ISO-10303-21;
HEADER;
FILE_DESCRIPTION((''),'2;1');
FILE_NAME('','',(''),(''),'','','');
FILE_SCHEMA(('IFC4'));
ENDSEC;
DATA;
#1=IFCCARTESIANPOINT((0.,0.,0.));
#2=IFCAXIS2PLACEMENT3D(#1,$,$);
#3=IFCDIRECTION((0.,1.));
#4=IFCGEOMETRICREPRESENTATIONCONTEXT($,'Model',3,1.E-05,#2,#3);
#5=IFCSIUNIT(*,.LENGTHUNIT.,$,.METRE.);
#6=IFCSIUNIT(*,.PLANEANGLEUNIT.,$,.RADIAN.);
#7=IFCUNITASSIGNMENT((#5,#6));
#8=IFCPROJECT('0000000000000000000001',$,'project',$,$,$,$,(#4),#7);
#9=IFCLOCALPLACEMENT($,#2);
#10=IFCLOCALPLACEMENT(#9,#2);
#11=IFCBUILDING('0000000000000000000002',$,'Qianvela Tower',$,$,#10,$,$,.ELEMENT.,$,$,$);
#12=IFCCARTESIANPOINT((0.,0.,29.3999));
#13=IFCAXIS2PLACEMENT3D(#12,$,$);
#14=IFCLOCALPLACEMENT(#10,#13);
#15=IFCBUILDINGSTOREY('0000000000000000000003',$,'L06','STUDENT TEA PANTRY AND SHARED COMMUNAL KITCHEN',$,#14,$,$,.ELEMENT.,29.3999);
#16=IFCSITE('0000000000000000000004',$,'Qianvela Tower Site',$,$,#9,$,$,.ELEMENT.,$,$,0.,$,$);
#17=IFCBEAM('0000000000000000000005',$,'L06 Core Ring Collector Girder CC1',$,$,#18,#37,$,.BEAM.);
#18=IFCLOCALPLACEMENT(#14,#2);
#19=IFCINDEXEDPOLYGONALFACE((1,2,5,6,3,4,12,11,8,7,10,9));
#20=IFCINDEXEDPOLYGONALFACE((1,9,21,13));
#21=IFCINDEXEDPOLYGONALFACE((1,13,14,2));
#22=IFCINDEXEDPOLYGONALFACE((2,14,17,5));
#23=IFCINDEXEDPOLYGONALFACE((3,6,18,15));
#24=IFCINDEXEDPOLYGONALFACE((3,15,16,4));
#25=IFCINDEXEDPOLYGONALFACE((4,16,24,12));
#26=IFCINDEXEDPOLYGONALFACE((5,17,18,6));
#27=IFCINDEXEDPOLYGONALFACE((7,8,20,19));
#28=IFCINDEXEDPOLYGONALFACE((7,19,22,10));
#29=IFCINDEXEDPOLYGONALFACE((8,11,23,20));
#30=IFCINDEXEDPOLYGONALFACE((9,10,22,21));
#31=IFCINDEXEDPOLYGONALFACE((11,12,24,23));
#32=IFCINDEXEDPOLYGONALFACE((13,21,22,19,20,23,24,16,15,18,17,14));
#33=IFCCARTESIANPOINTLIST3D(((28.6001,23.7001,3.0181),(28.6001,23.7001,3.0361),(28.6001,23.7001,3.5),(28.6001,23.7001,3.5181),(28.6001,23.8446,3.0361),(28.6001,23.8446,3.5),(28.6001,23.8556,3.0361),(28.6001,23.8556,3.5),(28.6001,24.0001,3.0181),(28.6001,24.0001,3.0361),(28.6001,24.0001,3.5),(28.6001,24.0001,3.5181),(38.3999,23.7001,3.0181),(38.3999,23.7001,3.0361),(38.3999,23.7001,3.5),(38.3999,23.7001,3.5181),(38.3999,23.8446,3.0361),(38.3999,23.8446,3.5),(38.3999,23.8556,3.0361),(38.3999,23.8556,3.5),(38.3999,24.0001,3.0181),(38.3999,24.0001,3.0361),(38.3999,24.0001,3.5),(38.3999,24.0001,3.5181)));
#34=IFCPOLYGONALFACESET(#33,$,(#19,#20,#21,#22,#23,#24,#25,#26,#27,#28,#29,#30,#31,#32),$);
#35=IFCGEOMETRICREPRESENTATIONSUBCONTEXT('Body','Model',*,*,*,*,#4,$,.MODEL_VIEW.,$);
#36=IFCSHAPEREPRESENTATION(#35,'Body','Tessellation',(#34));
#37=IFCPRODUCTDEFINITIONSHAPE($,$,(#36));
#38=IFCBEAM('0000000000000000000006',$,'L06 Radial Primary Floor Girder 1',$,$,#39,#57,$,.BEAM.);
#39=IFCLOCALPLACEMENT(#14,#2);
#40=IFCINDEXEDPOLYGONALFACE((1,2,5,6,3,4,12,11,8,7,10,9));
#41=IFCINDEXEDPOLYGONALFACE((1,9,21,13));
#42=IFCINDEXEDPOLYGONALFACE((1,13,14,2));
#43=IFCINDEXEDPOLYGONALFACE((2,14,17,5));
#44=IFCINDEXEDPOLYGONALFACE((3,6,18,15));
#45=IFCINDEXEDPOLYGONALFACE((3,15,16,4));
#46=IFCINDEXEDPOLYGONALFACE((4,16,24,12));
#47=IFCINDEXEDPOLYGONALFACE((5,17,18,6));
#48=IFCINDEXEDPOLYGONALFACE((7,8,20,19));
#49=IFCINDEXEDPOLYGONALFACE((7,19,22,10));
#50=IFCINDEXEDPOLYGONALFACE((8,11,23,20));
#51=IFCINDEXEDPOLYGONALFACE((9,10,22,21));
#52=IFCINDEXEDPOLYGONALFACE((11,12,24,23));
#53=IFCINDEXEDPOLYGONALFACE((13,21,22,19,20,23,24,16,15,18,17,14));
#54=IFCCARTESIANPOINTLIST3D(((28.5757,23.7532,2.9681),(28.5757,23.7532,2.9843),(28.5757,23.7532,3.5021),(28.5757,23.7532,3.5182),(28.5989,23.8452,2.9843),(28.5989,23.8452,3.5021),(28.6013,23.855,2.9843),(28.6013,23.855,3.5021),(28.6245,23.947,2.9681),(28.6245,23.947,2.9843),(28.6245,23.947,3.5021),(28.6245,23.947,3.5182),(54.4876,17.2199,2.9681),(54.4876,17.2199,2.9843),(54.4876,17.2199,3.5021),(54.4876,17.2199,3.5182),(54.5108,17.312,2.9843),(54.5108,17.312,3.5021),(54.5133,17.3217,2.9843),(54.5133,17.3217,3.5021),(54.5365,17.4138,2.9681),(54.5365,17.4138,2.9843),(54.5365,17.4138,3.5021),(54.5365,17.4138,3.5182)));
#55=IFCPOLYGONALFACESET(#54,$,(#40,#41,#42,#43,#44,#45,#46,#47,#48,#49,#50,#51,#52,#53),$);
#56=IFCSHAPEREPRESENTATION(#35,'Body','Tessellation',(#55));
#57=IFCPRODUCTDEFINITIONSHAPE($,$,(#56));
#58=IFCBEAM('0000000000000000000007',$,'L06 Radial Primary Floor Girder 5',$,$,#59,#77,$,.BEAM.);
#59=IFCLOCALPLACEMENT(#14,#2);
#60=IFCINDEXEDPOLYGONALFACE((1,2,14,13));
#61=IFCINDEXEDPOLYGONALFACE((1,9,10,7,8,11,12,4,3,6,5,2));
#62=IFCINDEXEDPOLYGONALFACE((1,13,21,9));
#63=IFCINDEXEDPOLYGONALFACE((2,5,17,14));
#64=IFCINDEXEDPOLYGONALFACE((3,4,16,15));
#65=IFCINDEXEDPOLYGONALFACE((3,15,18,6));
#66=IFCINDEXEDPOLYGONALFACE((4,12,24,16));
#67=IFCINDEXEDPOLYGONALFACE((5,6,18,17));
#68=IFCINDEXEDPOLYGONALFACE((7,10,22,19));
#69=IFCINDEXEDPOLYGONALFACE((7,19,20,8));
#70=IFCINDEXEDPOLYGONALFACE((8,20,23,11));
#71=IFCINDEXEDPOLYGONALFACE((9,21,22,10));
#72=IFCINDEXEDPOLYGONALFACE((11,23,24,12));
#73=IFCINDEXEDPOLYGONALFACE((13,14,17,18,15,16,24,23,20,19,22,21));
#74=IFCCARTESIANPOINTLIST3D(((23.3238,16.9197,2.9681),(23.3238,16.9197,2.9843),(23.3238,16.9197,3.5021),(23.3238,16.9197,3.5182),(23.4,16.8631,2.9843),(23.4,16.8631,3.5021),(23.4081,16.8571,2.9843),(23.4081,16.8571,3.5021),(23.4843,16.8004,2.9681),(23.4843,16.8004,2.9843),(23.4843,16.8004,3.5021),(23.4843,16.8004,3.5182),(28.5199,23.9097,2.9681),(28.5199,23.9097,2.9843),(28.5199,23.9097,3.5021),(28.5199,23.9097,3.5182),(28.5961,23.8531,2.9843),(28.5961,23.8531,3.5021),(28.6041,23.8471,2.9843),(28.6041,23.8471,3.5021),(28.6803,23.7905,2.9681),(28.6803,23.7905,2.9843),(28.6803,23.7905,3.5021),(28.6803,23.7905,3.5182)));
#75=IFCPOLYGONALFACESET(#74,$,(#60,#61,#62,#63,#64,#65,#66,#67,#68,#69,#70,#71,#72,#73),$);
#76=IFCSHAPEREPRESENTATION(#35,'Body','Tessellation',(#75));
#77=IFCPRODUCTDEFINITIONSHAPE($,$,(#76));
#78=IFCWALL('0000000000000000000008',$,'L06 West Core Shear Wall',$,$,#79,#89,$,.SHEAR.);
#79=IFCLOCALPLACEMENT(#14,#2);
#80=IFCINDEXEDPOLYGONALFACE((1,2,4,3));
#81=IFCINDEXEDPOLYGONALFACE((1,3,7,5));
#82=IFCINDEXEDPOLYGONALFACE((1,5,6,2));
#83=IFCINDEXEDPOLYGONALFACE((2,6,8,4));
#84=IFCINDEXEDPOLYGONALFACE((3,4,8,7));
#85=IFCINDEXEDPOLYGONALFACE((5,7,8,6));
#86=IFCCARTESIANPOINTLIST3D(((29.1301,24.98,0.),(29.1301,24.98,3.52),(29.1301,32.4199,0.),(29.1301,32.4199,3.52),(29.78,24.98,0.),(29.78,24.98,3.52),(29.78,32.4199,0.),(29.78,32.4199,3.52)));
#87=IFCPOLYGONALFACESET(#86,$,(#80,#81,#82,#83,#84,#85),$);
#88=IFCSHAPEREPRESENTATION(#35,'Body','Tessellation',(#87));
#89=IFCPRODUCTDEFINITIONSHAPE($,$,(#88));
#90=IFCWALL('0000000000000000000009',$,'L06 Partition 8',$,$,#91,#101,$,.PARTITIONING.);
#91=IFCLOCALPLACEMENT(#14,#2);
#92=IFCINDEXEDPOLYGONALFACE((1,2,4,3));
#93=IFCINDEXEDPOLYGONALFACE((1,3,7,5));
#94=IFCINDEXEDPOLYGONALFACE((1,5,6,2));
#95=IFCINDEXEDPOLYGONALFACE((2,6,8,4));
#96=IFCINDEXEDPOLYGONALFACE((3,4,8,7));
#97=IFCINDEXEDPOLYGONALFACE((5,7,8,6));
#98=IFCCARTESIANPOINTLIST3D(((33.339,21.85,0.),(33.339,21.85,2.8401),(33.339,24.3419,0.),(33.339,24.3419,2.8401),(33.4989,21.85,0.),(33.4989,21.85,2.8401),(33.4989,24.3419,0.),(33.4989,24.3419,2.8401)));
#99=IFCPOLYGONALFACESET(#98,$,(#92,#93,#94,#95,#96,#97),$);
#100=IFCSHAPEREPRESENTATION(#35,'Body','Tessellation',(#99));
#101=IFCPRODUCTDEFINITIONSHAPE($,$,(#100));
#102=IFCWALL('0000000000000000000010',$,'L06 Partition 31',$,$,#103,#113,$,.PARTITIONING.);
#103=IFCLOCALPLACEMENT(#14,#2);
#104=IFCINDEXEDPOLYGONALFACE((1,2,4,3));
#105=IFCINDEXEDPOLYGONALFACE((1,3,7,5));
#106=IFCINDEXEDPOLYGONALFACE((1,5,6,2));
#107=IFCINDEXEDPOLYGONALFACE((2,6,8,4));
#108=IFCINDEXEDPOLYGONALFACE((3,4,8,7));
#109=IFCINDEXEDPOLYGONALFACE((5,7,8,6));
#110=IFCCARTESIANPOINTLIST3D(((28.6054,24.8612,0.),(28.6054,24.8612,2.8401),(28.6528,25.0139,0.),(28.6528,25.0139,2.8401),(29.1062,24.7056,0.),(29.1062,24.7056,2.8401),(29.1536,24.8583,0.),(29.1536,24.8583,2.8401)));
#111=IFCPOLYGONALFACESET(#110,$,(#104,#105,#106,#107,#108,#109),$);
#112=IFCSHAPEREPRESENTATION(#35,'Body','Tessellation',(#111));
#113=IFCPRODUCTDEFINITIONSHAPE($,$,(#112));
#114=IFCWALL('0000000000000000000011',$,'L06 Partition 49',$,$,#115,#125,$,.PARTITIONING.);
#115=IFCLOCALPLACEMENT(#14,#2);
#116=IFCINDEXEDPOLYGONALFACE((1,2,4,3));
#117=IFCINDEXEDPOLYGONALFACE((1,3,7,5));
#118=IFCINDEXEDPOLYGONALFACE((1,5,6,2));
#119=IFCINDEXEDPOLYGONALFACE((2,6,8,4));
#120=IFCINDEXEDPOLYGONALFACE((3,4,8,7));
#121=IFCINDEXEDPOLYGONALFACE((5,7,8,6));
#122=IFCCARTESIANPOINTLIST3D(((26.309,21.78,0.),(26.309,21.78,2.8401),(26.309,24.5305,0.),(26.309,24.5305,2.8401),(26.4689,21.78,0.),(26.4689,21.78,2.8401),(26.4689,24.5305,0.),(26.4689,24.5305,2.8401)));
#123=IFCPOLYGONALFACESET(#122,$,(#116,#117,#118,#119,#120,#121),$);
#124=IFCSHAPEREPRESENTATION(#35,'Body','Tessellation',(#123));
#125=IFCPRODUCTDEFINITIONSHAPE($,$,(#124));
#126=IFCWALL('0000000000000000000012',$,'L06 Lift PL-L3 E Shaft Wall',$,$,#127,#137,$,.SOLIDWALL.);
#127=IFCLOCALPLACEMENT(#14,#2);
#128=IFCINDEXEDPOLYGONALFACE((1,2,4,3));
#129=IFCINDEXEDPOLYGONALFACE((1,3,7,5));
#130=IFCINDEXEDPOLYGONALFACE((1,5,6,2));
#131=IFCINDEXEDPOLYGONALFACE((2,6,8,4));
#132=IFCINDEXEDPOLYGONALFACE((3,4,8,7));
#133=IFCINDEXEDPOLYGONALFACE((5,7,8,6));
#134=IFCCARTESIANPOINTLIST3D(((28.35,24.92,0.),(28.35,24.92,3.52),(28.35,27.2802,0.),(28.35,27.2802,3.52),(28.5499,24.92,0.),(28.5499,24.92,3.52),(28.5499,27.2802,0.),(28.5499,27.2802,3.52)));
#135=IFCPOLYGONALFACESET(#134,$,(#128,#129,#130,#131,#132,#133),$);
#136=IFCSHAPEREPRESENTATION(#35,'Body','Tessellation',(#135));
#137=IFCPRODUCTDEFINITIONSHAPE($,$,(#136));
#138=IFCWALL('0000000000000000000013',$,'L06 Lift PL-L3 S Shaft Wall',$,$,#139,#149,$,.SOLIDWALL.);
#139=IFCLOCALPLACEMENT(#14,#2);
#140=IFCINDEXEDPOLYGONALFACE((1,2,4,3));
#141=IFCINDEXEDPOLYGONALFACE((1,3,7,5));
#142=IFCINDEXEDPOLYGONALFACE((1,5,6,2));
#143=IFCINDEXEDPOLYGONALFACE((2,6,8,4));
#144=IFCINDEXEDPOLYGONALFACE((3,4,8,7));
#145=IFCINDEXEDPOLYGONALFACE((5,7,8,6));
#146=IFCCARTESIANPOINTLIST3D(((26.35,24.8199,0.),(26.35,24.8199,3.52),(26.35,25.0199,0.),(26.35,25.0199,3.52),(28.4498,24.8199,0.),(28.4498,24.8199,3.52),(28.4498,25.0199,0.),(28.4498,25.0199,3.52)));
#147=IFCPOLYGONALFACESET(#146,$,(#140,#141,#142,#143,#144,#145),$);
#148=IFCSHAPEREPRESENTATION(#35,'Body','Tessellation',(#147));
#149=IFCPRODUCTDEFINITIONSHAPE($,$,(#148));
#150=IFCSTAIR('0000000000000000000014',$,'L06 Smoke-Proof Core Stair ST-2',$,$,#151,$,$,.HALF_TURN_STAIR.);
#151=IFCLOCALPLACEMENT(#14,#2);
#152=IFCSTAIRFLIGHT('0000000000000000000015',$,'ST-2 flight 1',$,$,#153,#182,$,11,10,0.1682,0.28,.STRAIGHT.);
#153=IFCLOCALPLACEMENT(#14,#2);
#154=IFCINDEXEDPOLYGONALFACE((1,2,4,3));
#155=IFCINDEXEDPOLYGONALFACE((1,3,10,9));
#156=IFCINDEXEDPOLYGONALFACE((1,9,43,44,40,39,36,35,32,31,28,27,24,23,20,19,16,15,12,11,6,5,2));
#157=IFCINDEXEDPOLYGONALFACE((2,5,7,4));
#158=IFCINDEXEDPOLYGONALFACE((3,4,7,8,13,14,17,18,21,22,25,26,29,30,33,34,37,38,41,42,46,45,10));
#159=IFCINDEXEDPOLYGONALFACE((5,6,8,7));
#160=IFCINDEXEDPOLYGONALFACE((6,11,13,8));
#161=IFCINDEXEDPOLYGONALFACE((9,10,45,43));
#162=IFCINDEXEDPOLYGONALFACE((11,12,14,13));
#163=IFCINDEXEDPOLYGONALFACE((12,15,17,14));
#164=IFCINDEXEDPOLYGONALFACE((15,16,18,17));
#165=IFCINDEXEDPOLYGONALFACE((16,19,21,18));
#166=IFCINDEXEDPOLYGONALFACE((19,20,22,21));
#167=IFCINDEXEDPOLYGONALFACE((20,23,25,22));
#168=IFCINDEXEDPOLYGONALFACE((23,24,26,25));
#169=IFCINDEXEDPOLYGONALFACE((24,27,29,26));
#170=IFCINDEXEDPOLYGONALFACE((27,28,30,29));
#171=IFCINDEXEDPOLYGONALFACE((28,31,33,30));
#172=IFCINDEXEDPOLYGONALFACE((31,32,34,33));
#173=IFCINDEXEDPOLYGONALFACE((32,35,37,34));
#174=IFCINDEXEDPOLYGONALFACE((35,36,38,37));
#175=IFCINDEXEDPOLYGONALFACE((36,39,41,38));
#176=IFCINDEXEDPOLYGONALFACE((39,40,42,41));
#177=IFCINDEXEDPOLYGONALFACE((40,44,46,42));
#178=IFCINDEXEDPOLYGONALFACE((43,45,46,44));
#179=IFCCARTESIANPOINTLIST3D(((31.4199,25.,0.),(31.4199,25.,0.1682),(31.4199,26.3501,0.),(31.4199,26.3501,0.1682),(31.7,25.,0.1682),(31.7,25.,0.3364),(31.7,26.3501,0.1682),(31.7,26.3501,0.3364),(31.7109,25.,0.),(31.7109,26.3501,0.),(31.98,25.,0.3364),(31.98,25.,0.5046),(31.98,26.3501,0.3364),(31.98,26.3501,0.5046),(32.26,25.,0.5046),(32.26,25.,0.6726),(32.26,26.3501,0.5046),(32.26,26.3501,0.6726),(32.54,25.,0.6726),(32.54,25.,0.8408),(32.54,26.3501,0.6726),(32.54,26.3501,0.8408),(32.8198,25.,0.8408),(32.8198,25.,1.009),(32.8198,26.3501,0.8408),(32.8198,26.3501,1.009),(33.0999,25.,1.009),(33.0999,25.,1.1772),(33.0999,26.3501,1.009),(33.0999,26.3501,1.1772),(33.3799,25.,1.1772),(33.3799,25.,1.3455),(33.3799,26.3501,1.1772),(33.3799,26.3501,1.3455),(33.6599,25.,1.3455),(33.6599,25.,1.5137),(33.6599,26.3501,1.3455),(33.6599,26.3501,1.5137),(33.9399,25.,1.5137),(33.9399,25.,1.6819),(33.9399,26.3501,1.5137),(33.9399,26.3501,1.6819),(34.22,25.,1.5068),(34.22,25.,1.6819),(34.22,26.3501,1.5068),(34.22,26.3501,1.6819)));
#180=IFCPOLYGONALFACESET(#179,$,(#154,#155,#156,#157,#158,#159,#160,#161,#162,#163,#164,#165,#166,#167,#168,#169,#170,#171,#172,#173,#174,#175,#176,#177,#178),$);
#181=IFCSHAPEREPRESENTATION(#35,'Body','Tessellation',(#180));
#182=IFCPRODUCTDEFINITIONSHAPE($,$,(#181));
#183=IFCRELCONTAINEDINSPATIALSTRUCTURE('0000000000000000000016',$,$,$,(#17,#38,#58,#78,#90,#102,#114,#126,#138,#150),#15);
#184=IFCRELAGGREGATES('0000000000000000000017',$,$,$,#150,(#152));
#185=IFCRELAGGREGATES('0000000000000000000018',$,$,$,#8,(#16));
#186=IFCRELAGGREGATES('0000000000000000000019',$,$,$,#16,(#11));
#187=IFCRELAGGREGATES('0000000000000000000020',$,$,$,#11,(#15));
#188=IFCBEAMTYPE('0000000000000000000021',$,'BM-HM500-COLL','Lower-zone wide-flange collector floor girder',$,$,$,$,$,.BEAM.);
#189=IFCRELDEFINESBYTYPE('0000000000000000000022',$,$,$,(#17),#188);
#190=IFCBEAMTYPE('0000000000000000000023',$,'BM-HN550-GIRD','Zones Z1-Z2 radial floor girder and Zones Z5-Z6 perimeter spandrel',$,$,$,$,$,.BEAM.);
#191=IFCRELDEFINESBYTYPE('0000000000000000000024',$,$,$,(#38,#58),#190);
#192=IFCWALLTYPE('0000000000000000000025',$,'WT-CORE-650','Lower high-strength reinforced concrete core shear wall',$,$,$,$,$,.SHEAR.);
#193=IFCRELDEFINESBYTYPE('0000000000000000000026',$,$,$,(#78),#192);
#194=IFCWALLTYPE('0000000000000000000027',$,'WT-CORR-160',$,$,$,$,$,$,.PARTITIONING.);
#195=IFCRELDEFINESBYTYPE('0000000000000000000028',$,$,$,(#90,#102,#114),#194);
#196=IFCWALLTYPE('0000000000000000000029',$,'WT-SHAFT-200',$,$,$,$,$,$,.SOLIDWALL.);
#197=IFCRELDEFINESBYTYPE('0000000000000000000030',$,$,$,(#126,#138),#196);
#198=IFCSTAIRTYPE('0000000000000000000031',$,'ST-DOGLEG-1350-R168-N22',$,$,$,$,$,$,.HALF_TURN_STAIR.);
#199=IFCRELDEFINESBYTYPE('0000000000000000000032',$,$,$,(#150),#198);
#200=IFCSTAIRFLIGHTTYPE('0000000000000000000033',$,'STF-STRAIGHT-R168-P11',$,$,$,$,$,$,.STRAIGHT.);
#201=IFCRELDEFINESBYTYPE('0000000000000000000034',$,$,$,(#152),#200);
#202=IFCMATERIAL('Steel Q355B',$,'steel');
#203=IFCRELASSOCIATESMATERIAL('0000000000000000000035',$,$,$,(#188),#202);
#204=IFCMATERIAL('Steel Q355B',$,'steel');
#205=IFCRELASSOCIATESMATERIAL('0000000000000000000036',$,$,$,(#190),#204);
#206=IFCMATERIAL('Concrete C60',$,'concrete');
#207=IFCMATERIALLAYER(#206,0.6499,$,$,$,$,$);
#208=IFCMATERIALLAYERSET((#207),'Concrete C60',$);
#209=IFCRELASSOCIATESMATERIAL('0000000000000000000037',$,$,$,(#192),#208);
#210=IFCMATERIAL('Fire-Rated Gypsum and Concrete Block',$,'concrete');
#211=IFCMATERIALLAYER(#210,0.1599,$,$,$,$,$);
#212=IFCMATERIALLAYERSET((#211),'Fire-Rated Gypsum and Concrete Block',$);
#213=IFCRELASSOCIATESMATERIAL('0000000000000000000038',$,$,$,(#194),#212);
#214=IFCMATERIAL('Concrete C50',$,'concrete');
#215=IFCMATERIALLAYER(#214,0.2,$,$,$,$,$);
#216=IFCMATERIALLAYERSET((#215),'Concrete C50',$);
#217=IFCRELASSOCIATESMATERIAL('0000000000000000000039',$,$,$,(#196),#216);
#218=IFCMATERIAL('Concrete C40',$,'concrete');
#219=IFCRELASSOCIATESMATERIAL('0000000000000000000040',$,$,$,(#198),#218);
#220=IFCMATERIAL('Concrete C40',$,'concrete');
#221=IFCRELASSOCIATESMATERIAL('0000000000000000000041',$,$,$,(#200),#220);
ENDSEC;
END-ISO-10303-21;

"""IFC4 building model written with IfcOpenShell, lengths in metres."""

from ifc_helpers import new_model, si_unit, direction, frame, frame_2d, origin, origin_2d, place, context, subcontext, project, spatial, polyline, rectangle, i_section, outline, extrude, material, layer, layer_set, material_profile, profile_set, type_object, element, aggregate, save


model = new_model("IFC4")

# Units and contexts
model_context = context("Model", 3, precision=1e-05, world=origin(), true_north=direction((0.0, 1.0)))
body_context = subcontext(model_context, "Body", "Model", "MODEL_VIEW")
ifc_project = project(units=[si_unit("LENGTHUNIT", "METRE"), si_unit("PLANEANGLEUNIT", "RADIAN")], contexts=[model_context])

# Site, building, storey
site_placement = place(None, origin())
site = spatial("IfcSite", under=ifc_project, at=site_placement, Name="Qianvela Tower Site", CompositionType="ELEMENT", RefElevation=0.0)
building_placement = place(site_placement, origin())
building = spatial("IfcBuilding", under=site, at=building_placement, Name="Qianvela Tower", CompositionType="ELEMENT")
storey_placement = place(building_placement, frame((0.0, 0.0, 29.3999)))
storey = spatial("IfcBuildingStorey", under=building, at=storey_placement, Name="L06", Description="STUDENT TEA PANTRY AND SHARED COMMUNAL KITCHEN", CompositionType="ELEMENT", Elevation=29.3999)

# Beams
ifc_material_1 = material(Name="Steel Q355B", Category="steel")
ifc_material_profile_1 = material_profile(ifc_material_1, i_section(OverallWidth=0.3, OverallDepth=0.5, WebThickness=0.011, FlangeThickness=0.0181, at=origin_2d()), Name="HM500x300x11x18")
ifc_profile_set_1 = profile_set([ifc_material_profile_1], Name="Steel Q355B")
beam_type_1 = type_object("IfcBeamType", Name="BM-HM500-COLL", Description="Lower-zone wide-flange collector floor girder", PredefinedType="BEAM", material=ifc_profile_set_1)
beam_1_placement = place(storey_placement, frame((28.6001, 23.8501, 3.2681), z_axis=(1.0, 0.0, 0.0), x_axis=(0.0, 1.0, 0.0)))
element("IfcBeam", 1, at=beam_1_placement, inside=storey, type_object=beam_type_1, Name="L06 Core Ring Collector Girder CC1", PredefinedType="BEAM", context=body_context, shape_type="SweptSolid", body=[
    extrude(i_section(OverallWidth=0.3, OverallDepth=0.5, WebThickness=0.011, FlangeThickness=0.0181, at=origin_2d()), origin(), (0.0, 0.0, 1.0), 9.7998),
])
ifc_material_2 = material(Name="Steel Q355B", Category="steel")
ifc_material_profile_2 = material_profile(ifc_material_2, i_section(OverallWidth=0.2, OverallDepth=0.55, WebThickness=0.01, FlangeThickness=0.0161, at=origin_2d()), Name="HN550x200x10x16")
ifc_profile_set_2 = profile_set([ifc_material_profile_2], Name="Steel Q355B")
beam_type_2 = type_object("IfcBeamType", Name="BM-HN550-GIRD", Description="Zones Z1-Z2 radial floor girder and Zones Z5-Z6 perimeter spandrel", PredefinedType="BEAM", material=ifc_profile_set_2)
beam_2_placement = place(storey_placement, frame((28.6001, 23.8501, 3.2432), z_axis=(0.969654, -0.244481, 0.0), x_axis=(0.244481, 0.969654, 0.0)))
element("IfcBeam", 2, at=beam_2_placement, inside=storey, type_object=beam_type_2, Name="L06 Radial Primary Floor Girder 1", PredefinedType="BEAM", context=body_context, shape_type="SweptSolid", body=[
    extrude(i_section(OverallWidth=0.2, OverallDepth=0.55, WebThickness=0.01, FlangeThickness=0.0161, at=origin_2d()), origin(), (0.0, 0.0, 1.0), 26.7229),
])
beam_3_placement = place(storey_placement, frame((28.6001, 23.8501, 3.2432), z_axis=(-0.596581, -0.802553, 0.0), x_axis=(0.802553, -0.596581, 0.0)))
element("IfcBeam", 3, at=beam_3_placement, inside=storey, type_object=beam_type_2, Name="L06 Radial Primary Floor Girder 5", PredefinedType="BEAM", context=body_context, shape_type="SweptSolid", body=[
    extrude(i_section(OverallWidth=0.2, OverallDepth=0.55, WebThickness=0.01, FlangeThickness=0.0161, at=origin_2d()), origin(), (0.0, 0.0, 1.0), 8.7097),
])

# Shared definitions
ifc_material_3 = material(Name="Concrete C60", Category="concrete")
ifc_layer_1 = layer(ifc_material_3, 0.6499)
ifc_layer_set_1 = layer_set([ifc_layer_1], Name="Concrete C60")
wall_type_1 = type_object("IfcWallType", Name="WT-CORE-650", Description="Lower high-strength reinforced concrete core shear wall", PredefinedType="SHEAR", material=ifc_layer_set_1)

# Walls
wall_1_placement = place(storey_placement, frame((29.4551, 24.98, 0.0), z_axis=(0.0, 0.0, 1.0), x_axis=(0.0, 1.0, 0.0)))
element("IfcWall", 4, at=wall_1_placement, inside=storey, type_object=wall_type_1, Name="L06 West Core Shear Wall", PredefinedType="SHEAR", context=body_context, shape_type="SweptSolid", body=[
    extrude(rectangle(XDim=7.4399, YDim=0.6499, at=frame_2d((3.72, 0.0))), origin(), (0.0, 0.0, 1.0), 3.52),
])
ifc_material_4 = material(Name="Fire-Rated Gypsum and Concrete Block", Category="concrete")
ifc_layer_2 = layer(ifc_material_4, 0.1599)
ifc_layer_set_2 = layer_set([ifc_layer_2], Name="Fire-Rated Gypsum and Concrete Block")
wall_type_2 = type_object("IfcWallType", Name="WT-CORR-160", PredefinedType="PARTITIONING", material=ifc_layer_set_2)
wall_2_placement = place(storey_placement, frame((33.4189, 24.342, 0.0), z_axis=(0.0, 0.0, 1.0), x_axis=(0.0, -1.0, 0.0)))
element("IfcWall", 5, at=wall_2_placement, inside=storey, type_object=wall_type_2, Name="L06 Partition 8", PredefinedType="PARTITIONING", context=body_context, shape_type="SweptSolid", body=[
    extrude(rectangle(XDim=2.4919, YDim=0.1599, at=frame_2d((1.2461, 0.0))), origin(), (0.0, 0.0, 1.0), 2.8401),
])
wall_3_placement = place(storey_placement, frame((29.1299, 24.782, 0.0), z_axis=(0.0, 0.0, 1.0), x_axis=(-0.955, 0.296604, 0.0)))
element("IfcWall", 6, at=wall_3_placement, inside=storey, type_object=wall_type_2, Name="L06 Partition 31", PredefinedType="PARTITIONING", context=body_context, shape_type="SweptSolid", body=[
    extrude(rectangle(XDim=0.5244, YDim=0.1599, at=frame_2d((0.2622, 0.0))), origin(), (0.0, 0.0, 1.0), 2.8401),
])
wall_4_placement = place(storey_placement, frame((26.3889, 24.5305, 0.0), z_axis=(0.0, 0.0, 1.0), x_axis=(0.0, -1.0, 0.0)))
element("IfcWall", 7, at=wall_4_placement, inside=storey, type_object=wall_type_2, Name="L06 Partition 49", PredefinedType="PARTITIONING", context=body_context, shape_type="SweptSolid", body=[
    extrude(rectangle(XDim=2.7505, YDim=0.1599, at=frame_2d((1.3752, 0.0))), origin(), (0.0, 0.0, 1.0), 2.8401),
])
ifc_material_5 = material(Name="Concrete C50", Category="concrete")
ifc_layer_3 = layer(ifc_material_5, 0.2)
ifc_layer_set_3 = layer_set([ifc_layer_3], Name="Concrete C50")
wall_type_3 = type_object("IfcWallType", Name="WT-SHAFT-200", PredefinedType="SOLIDWALL", material=ifc_layer_set_3)
wall_5_placement = place(storey_placement, frame((28.45, 24.9199, 0.0), z_axis=(0.0, 0.0, 1.0), x_axis=(0.0, 1.0, 0.0)))
element("IfcWall", 8, at=wall_5_placement, inside=storey, type_object=wall_type_3, Name="L06 Lift PL-L3 E Shaft Wall", PredefinedType="SOLIDWALL", context=body_context, shape_type="SweptSolid", body=[
    extrude(rectangle(XDim=2.3601, YDim=0.2, at=frame_2d((1.1802, 0.0))), origin(), (0.0, 0.0, 1.0), 3.52),
])

# Wall
wall_6_placement = place(storey_placement, frame((26.3501, 24.9199, 0.0), z_axis=(0.0, 0.0, 1.0), x_axis=(1.0, 0.0, 0.0)))
element("IfcWall", 9, at=wall_6_placement, inside=storey, type_object=wall_type_3, Name="L06 Lift PL-L3 S Shaft Wall", PredefinedType="SOLIDWALL", context=body_context, shape_type="SweptSolid", body=[
    extrude(rectangle(XDim=2.0999, YDim=0.2, at=frame_2d((1.0498, 0.0))), origin(), (0.0, 0.0, 1.0), 3.52),
])

# Stair, stair flight
ifc_material_6 = material(Name="Concrete C40", Category="concrete")
stair_type = type_object("IfcStairType", Name="ST-DOGLEG-1350-R168-N22", PredefinedType="HALF_TURN_STAIR", material=ifc_material_6)
stair_placement = place(storey_placement, origin())
stair = element("IfcStair", 10, at=stair_placement, inside=storey, type_object=stair_type, Name="L06 Smoke-Proof Core Stair ST-2", PredefinedType="HALF_TURN_STAIR")
ifc_material_7 = material(Name="Concrete C40", Category="concrete")
stair_flight_type = type_object("IfcStairFlightType", Name="STF-STRAIGHT-R168-P11", PredefinedType="STRAIGHT", material=ifc_material_7)
stair_flight_placement = place(storey_placement, frame((31.4199, 25.675, 0.0), z_axis=(0.0, 0.0, 1.0), x_axis=(1.0, 0.0, 0.0)))
stair_flight = element("IfcStairFlight", 11, at=stair_flight_placement, type_object=stair_flight_type, Name="ST-2 flight 1", NumberOfRisers=11, NumberOfTreads=10, PredefinedType="STRAIGHT", RiserHeight=0.1682, TreadLength=0.28, context=body_context, shape_type="SweptSolid", body=[
    extrude(outline(polyline([(0.0, 0.0), (0.0, 0.1682), (0.28, 0.1682), (0.28, 0.3364), (0.5601, 0.3364), (0.5601, 0.5046), (0.8401, 0.5046), (0.8401, 0.6726), (1.1201, 0.6726), (1.1201, 0.8408), (1.3999, 0.8408), (1.3999, 1.009), (1.6799, 1.009), (1.6799, 1.1772), (1.96, 1.1772), (1.96, 1.3455), (2.24, 1.3455), (2.24, 1.5137), (2.52, 1.5137), (2.52, 1.6819), (2.8, 1.6819), (2.8, 1.8501), (2.8, 1.5068), (0.291, 0.0), (0.0, 0.0)])), frame((0.0, 0.675, 0.0), z_axis=(0.0, -1.0, 0.0), x_axis=(1.0, 0.0, 0.0)), (0.0, 0.0, 1.0), 1.3501),
])
aggregate(stair, [stair_flight])

save(model, "model.ifc")
